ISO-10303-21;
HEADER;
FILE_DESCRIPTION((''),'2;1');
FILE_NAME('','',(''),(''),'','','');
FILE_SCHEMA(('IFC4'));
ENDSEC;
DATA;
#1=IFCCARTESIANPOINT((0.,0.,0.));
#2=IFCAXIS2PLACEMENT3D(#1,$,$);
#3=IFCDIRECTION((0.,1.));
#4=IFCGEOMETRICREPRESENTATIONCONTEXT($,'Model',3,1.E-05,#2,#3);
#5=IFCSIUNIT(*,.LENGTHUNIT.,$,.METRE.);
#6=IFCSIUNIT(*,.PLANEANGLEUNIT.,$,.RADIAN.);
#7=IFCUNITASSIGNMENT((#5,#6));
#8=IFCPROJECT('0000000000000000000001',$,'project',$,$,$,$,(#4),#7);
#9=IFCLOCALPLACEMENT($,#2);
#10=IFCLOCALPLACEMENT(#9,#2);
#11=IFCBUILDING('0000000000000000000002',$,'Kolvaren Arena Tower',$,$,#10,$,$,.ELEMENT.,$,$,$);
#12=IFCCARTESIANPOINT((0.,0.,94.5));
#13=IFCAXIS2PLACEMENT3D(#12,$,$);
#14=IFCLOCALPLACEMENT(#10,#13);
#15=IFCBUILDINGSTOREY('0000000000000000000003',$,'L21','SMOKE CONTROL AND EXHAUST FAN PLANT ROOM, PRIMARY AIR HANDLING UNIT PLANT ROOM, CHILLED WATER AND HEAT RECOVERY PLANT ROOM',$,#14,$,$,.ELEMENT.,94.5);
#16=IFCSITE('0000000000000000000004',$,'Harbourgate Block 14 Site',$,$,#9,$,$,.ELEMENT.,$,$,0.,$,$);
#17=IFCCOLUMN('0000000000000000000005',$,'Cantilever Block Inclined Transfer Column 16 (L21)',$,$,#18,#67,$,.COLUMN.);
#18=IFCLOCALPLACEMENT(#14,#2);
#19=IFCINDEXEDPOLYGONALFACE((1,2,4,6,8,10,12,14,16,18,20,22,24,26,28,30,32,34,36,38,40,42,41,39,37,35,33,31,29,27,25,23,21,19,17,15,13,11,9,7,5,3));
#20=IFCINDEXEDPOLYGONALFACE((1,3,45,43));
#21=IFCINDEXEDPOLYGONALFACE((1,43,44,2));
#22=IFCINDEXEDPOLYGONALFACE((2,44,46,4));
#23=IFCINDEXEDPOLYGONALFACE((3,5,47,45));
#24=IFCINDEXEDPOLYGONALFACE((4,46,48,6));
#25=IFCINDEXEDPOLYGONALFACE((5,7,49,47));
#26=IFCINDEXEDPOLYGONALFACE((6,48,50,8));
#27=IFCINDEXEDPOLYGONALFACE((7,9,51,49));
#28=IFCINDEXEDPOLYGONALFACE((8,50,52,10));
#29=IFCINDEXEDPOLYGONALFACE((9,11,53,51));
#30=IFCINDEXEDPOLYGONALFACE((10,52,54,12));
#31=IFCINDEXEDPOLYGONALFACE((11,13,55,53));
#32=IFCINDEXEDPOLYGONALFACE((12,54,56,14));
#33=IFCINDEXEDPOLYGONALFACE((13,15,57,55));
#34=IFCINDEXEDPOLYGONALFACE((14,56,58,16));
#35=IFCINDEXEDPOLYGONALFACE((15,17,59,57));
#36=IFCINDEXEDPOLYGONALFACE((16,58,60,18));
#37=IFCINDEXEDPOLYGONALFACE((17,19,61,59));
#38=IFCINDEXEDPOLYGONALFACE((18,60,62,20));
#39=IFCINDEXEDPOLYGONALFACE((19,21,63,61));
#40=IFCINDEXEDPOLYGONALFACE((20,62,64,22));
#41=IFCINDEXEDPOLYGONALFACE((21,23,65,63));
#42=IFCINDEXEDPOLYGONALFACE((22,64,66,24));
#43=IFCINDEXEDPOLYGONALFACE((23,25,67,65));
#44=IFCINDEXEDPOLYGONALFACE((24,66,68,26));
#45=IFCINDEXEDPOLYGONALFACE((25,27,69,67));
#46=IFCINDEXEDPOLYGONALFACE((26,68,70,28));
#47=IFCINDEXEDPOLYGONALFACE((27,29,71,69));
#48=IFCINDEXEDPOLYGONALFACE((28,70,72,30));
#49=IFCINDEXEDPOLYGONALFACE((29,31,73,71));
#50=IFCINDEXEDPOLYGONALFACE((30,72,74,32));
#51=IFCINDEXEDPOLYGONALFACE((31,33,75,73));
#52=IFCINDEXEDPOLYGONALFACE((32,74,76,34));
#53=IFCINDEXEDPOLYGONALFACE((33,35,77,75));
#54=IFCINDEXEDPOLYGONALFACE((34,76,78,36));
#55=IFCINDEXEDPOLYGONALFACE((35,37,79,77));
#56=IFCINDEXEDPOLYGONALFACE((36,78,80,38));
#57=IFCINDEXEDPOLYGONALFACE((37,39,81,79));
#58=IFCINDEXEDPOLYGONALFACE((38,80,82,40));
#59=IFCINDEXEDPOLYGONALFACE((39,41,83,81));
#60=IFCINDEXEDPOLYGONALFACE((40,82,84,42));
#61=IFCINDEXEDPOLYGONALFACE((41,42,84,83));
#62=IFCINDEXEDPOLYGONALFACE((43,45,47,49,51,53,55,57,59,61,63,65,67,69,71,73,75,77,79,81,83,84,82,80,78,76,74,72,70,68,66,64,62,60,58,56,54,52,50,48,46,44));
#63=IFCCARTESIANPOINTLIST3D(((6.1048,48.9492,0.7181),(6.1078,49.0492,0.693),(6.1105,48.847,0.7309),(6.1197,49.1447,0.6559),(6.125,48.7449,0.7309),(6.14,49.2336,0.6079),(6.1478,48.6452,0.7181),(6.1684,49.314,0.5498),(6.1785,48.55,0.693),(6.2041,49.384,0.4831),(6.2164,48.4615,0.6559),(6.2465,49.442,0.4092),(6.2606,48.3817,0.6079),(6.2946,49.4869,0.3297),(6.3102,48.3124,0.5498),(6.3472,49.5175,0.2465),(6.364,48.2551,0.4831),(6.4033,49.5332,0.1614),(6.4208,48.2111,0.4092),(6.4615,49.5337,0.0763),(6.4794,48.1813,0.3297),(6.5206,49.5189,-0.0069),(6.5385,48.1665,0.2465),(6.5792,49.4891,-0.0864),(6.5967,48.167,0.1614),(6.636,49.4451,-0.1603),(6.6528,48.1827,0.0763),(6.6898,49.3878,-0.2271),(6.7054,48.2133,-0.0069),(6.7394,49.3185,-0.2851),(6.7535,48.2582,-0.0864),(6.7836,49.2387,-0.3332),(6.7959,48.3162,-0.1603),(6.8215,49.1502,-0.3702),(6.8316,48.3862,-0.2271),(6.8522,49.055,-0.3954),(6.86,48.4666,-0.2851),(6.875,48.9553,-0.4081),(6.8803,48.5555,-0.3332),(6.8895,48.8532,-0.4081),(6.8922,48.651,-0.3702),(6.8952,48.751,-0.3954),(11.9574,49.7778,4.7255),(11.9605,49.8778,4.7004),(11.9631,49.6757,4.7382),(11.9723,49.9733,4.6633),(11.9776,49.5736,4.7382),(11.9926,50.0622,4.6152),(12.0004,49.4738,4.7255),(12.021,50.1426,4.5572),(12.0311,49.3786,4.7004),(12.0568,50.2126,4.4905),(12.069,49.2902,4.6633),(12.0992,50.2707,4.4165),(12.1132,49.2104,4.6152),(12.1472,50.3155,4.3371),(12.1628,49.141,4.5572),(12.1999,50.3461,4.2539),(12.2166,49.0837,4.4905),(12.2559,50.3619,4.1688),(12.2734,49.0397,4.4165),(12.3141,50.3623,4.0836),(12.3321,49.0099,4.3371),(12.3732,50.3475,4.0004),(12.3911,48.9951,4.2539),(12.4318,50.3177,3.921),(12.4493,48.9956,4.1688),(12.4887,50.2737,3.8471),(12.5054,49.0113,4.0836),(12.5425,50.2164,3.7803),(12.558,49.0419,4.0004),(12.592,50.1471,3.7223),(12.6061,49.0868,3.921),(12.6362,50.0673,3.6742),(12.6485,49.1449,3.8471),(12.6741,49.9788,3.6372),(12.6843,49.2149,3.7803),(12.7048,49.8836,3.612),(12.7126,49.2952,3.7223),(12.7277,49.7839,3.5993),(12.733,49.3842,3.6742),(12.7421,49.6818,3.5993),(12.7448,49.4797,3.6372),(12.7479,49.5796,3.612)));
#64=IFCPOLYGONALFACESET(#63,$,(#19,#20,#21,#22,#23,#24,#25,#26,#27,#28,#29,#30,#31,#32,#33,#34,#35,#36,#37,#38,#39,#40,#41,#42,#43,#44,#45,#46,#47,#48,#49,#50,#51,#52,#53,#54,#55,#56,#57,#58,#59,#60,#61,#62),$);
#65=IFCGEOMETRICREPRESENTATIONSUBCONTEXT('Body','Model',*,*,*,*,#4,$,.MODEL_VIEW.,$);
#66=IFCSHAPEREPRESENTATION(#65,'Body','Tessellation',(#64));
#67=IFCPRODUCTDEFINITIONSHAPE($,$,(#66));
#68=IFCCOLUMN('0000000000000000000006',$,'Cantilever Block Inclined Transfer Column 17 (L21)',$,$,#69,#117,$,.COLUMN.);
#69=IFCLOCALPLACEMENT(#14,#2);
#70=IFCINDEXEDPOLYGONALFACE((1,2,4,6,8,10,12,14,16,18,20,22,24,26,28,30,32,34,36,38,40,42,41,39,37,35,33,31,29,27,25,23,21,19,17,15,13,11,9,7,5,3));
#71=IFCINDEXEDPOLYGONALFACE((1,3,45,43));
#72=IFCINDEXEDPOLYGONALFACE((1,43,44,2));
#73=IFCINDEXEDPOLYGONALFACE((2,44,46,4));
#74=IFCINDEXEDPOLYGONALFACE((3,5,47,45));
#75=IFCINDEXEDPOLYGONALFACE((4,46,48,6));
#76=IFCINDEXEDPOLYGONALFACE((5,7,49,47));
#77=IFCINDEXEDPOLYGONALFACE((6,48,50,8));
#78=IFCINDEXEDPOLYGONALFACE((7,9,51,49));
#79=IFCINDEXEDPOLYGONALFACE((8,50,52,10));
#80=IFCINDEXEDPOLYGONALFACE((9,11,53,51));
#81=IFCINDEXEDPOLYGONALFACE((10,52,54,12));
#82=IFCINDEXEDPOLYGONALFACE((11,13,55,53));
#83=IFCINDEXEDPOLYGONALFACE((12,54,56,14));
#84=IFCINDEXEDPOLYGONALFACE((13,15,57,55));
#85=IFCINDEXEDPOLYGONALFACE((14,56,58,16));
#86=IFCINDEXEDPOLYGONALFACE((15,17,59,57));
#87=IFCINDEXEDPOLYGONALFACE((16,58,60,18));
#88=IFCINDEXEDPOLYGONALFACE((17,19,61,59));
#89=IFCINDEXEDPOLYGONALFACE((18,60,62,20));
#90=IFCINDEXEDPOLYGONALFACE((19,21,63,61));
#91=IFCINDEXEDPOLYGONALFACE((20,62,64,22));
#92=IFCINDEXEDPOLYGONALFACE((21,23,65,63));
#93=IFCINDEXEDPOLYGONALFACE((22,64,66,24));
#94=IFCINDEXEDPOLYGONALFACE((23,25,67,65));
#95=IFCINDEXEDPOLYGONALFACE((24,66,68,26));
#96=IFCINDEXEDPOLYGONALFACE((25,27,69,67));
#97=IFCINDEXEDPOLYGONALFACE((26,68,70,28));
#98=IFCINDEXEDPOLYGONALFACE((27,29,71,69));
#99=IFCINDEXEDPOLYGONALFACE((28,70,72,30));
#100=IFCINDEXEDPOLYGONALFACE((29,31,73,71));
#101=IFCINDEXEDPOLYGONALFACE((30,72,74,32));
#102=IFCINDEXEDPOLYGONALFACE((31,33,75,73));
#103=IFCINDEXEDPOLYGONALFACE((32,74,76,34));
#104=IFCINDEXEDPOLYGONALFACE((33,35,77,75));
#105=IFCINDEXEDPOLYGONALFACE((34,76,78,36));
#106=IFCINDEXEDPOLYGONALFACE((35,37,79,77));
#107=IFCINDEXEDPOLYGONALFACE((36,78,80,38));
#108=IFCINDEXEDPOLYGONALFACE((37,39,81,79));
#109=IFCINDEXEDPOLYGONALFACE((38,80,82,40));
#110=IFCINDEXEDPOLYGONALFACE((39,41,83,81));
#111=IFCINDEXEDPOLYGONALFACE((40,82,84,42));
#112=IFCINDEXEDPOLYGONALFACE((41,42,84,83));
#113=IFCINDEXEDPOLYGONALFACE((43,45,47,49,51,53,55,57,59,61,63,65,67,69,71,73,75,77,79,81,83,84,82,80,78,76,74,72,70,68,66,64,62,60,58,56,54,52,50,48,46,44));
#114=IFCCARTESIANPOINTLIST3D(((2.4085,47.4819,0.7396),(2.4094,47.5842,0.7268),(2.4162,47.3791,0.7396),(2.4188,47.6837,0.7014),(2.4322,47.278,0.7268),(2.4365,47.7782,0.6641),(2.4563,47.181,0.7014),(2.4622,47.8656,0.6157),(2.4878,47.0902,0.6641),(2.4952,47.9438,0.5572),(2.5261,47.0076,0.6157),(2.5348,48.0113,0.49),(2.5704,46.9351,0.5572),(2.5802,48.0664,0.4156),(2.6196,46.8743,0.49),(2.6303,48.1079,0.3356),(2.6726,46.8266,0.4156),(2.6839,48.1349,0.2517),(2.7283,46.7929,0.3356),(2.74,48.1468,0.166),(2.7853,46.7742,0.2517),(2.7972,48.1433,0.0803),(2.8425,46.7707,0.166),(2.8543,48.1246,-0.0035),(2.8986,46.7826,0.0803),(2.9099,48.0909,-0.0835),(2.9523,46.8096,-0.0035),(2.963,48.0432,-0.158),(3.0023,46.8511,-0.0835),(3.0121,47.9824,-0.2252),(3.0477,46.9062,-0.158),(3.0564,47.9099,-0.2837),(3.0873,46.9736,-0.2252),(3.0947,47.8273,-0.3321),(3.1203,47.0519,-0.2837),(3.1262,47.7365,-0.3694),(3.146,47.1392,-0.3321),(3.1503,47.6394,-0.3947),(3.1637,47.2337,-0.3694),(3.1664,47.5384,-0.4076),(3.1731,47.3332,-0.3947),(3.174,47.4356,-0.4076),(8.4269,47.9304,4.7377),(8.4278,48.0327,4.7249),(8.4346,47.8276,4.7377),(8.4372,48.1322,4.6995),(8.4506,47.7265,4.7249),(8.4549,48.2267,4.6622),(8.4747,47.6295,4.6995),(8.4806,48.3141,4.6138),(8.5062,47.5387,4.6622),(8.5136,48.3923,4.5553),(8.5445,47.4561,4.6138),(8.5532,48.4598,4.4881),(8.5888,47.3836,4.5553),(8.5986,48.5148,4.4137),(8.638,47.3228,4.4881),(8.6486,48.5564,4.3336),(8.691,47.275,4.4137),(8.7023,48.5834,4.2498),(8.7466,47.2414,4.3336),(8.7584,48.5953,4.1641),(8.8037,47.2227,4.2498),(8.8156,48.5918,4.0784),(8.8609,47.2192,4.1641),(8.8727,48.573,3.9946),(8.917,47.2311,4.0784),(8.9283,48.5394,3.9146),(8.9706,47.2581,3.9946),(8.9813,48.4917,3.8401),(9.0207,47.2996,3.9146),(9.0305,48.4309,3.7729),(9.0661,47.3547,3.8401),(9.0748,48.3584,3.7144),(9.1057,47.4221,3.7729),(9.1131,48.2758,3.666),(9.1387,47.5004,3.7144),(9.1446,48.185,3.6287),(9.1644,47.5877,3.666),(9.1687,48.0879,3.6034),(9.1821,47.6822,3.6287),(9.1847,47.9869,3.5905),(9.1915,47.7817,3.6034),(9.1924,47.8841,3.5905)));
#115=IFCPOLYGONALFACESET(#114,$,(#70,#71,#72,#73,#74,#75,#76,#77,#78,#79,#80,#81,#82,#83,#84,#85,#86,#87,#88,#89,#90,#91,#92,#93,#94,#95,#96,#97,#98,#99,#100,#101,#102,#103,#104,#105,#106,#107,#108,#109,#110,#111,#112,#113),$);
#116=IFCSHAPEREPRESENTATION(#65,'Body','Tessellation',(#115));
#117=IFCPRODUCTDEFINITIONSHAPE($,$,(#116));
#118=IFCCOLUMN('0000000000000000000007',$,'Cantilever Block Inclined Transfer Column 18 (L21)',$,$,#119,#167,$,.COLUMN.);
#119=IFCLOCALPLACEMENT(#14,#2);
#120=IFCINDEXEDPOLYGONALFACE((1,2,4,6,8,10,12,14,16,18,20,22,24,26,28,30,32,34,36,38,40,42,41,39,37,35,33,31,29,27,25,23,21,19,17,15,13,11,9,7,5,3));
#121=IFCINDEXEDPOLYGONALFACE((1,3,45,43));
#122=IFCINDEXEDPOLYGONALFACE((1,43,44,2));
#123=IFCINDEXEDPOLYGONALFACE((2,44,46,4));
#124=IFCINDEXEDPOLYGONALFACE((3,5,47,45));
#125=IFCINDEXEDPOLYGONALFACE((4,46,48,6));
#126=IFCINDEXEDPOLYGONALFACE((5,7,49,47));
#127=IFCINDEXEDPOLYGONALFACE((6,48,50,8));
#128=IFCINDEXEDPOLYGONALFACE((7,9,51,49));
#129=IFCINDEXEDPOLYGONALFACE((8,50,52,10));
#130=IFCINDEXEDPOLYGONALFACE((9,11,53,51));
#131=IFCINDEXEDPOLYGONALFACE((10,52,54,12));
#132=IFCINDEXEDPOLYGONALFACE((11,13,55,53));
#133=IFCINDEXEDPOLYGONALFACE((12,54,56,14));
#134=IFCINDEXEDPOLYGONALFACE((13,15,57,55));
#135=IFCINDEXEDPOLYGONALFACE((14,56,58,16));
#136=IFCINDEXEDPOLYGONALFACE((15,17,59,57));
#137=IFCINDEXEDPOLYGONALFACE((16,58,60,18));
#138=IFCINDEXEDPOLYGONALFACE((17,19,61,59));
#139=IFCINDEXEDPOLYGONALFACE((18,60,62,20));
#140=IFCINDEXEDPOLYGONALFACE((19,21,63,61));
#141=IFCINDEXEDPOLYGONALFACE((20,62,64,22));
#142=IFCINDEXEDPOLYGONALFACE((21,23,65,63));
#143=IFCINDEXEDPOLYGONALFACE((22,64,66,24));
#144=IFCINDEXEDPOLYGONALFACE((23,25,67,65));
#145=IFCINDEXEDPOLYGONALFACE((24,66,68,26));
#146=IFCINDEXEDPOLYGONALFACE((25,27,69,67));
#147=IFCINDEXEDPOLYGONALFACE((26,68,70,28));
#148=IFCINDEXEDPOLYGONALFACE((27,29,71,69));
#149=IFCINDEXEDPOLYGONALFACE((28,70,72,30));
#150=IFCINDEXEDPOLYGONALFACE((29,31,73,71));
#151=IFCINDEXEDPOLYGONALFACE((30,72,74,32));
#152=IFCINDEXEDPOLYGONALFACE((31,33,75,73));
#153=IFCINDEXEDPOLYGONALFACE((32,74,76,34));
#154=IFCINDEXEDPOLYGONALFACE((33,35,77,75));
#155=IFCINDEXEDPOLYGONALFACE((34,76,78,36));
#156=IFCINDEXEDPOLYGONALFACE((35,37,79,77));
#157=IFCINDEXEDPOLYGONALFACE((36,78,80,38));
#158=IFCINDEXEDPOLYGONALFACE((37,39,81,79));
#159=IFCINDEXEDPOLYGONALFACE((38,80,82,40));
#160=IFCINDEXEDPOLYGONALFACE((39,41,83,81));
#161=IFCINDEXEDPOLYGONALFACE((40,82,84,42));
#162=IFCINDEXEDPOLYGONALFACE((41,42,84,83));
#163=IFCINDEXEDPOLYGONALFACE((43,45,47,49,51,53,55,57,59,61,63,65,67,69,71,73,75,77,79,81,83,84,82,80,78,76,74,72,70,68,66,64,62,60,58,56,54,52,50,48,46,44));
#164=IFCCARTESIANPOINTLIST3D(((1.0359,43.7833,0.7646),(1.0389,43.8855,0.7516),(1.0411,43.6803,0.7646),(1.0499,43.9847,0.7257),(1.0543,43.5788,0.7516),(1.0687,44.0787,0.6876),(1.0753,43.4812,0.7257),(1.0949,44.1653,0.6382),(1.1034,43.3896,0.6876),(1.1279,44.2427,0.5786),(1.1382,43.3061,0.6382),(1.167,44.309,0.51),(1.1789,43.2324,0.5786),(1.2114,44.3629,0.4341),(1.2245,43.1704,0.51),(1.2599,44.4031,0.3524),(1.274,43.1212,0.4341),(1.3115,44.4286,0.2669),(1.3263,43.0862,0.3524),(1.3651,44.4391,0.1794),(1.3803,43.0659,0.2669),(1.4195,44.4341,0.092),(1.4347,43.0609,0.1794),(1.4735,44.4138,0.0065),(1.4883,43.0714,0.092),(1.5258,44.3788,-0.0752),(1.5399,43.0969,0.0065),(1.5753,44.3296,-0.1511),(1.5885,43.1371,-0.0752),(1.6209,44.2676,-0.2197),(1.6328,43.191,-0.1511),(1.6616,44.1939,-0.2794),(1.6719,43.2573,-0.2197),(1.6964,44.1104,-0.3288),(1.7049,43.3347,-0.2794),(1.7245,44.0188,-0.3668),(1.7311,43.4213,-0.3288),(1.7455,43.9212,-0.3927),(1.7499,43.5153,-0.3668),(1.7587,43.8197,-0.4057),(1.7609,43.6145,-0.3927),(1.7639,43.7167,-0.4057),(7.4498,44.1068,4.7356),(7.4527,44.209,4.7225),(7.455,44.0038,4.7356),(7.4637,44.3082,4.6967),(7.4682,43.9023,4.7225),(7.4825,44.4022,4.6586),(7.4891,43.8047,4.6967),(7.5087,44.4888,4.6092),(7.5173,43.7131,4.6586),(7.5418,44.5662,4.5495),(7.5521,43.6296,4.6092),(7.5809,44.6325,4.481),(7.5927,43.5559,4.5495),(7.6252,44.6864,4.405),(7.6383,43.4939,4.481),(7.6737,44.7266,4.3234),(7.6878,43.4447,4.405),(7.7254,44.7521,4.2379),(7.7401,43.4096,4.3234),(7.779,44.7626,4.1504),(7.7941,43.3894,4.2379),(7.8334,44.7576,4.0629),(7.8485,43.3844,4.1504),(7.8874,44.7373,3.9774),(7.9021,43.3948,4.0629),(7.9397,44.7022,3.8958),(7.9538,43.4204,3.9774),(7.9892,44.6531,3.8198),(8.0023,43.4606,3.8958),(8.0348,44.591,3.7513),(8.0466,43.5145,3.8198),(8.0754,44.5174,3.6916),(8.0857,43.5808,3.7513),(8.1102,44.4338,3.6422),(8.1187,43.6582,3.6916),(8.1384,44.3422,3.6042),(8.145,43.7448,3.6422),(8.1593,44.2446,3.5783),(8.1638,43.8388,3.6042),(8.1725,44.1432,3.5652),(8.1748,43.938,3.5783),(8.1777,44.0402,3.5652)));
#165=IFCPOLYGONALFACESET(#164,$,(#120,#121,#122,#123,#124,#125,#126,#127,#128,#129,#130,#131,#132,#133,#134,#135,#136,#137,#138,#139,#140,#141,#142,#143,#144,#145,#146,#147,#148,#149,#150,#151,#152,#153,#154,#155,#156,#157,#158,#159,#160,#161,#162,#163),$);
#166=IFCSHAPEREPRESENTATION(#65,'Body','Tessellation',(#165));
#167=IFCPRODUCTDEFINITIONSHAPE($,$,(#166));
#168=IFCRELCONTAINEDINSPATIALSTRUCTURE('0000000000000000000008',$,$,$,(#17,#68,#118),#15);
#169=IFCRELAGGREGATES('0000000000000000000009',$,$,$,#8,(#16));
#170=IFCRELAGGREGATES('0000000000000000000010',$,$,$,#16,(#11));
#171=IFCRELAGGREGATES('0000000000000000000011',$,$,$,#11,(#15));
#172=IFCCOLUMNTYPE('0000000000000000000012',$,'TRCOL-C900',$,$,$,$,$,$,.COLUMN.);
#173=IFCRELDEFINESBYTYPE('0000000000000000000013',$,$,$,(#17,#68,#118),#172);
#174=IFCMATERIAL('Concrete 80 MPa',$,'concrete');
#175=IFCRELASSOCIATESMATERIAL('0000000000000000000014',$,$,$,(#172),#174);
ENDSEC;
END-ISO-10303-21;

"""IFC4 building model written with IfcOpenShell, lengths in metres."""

from ifc_helpers import new_model, si_unit, direction, frame, origin, origin_2d, place, context, subcontext, project, spatial, circle, extrude, material, material_profile, profile_set, type_object, element, save


model = new_model("IFC4")

# Units and contexts
model_context = context("Model", 3, precision=1e-05, world=origin(), true_north=direction((0.0, 1.0)))
body_context = subcontext(model_context, "Body", "Model", "MODEL_VIEW")
ifc_project = project(units=[si_unit("LENGTHUNIT", "METRE"), si_unit("PLANEANGLEUNIT", "RADIAN")], contexts=[model_context])

# Site, building, storey
site_placement = place(None, origin())
site = spatial("IfcSite", under=ifc_project, at=site_placement, Name="Harbourgate Block 14 Site", CompositionType="ELEMENT", RefElevation=0.0)
building_placement = place(site_placement, origin())
building = spatial("IfcBuilding", under=site, at=building_placement, Name="Kolvaren Arena Tower", CompositionType="ELEMENT")
storey_placement = place(building_placement, frame((0.0, 0.0, 94.5)))
storey = spatial("IfcBuildingStorey", under=building, at=storey_placement, Name="L21", Description="SMOKE CONTROL AND EXHAUST FAN PLANT ROOM, PRIMARY AIR HANDLING UNIT PLANT ROOM, CHILLED WATER AND HEAT RECOVERY PLANT ROOM", CompositionType="ELEMENT", Elevation=94.5)

# Columns
ifc_material_1 = material(Name="Concrete 80 MPa", Category="concrete")
ifc_material_profile_1 = material_profile(ifc_material_1, circle(Radius=0.6899, at=origin_2d()), Name="RC-CIRC-1380")
ifc_profile_set_1 = profile_set([ifc_material_profile_1], Name="Concrete 80 MPa")
column_type = type_object("IfcColumnType", Name="TRCOL-C900", PredefinedType="COLUMN", material=ifc_profile_set_1)
column_1_placement = place(storey_placement, frame((6.5, 48.8501, 0.1614), z_axis=(0.81954, 0.116032, 0.561152), x_axis=(-0.140184, 0.990125, 0.0)))
element("IfcColumn", 1, at=column_1_placement, inside=storey, type_object=column_type, Name="Cantilever Block Inclined Transfer Column 16 (L21)", PredefinedType="COLUMN", context=body_context, shape_type="SweptSolid", body=[
    extrude(circle(Radius=0.6899, at=origin_2d()), origin(), (0.0, 0.0, 1.0), 7.1414),
])
column_2_placement = place(storey_placement, frame((2.7913, 47.4587, 0.166), z_axis=(0.831354, 0.061953, 0.55228), x_axis=(-0.074314, 0.997235, 0.0)))
element("IfcColumn", 2, at=column_2_placement, inside=storey, type_object=column_type, Name="Cantilever Block Inclined Transfer Column 17 (L21)", PredefinedType="COLUMN", context=body_context, shape_type="SweptSolid", body=[
    extrude(circle(Radius=0.6899, at=origin_2d()), origin(), (0.0, 0.0, 1.0), 7.2393),
])
column_3_placement = place(storey_placement, frame((1.3999, 43.75, 0.1794), z_axis=(0.849456, 0.042843, 0.525918), x_axis=(-0.050372, 0.998731, 0.0)))
element("IfcColumn", 3, at=column_3_placement, inside=storey, type_object=column_type, Name="Cantilever Block Inclined Transfer Column 18 (L21)", PredefinedType="COLUMN", context=body_context, shape_type="SweptSolid", body=[
    extrude(circle(Radius=0.6899, at=origin_2d()), origin(), (0.0, 0.0, 1.0), 7.5505),
])

save(model, "model.ifc")
